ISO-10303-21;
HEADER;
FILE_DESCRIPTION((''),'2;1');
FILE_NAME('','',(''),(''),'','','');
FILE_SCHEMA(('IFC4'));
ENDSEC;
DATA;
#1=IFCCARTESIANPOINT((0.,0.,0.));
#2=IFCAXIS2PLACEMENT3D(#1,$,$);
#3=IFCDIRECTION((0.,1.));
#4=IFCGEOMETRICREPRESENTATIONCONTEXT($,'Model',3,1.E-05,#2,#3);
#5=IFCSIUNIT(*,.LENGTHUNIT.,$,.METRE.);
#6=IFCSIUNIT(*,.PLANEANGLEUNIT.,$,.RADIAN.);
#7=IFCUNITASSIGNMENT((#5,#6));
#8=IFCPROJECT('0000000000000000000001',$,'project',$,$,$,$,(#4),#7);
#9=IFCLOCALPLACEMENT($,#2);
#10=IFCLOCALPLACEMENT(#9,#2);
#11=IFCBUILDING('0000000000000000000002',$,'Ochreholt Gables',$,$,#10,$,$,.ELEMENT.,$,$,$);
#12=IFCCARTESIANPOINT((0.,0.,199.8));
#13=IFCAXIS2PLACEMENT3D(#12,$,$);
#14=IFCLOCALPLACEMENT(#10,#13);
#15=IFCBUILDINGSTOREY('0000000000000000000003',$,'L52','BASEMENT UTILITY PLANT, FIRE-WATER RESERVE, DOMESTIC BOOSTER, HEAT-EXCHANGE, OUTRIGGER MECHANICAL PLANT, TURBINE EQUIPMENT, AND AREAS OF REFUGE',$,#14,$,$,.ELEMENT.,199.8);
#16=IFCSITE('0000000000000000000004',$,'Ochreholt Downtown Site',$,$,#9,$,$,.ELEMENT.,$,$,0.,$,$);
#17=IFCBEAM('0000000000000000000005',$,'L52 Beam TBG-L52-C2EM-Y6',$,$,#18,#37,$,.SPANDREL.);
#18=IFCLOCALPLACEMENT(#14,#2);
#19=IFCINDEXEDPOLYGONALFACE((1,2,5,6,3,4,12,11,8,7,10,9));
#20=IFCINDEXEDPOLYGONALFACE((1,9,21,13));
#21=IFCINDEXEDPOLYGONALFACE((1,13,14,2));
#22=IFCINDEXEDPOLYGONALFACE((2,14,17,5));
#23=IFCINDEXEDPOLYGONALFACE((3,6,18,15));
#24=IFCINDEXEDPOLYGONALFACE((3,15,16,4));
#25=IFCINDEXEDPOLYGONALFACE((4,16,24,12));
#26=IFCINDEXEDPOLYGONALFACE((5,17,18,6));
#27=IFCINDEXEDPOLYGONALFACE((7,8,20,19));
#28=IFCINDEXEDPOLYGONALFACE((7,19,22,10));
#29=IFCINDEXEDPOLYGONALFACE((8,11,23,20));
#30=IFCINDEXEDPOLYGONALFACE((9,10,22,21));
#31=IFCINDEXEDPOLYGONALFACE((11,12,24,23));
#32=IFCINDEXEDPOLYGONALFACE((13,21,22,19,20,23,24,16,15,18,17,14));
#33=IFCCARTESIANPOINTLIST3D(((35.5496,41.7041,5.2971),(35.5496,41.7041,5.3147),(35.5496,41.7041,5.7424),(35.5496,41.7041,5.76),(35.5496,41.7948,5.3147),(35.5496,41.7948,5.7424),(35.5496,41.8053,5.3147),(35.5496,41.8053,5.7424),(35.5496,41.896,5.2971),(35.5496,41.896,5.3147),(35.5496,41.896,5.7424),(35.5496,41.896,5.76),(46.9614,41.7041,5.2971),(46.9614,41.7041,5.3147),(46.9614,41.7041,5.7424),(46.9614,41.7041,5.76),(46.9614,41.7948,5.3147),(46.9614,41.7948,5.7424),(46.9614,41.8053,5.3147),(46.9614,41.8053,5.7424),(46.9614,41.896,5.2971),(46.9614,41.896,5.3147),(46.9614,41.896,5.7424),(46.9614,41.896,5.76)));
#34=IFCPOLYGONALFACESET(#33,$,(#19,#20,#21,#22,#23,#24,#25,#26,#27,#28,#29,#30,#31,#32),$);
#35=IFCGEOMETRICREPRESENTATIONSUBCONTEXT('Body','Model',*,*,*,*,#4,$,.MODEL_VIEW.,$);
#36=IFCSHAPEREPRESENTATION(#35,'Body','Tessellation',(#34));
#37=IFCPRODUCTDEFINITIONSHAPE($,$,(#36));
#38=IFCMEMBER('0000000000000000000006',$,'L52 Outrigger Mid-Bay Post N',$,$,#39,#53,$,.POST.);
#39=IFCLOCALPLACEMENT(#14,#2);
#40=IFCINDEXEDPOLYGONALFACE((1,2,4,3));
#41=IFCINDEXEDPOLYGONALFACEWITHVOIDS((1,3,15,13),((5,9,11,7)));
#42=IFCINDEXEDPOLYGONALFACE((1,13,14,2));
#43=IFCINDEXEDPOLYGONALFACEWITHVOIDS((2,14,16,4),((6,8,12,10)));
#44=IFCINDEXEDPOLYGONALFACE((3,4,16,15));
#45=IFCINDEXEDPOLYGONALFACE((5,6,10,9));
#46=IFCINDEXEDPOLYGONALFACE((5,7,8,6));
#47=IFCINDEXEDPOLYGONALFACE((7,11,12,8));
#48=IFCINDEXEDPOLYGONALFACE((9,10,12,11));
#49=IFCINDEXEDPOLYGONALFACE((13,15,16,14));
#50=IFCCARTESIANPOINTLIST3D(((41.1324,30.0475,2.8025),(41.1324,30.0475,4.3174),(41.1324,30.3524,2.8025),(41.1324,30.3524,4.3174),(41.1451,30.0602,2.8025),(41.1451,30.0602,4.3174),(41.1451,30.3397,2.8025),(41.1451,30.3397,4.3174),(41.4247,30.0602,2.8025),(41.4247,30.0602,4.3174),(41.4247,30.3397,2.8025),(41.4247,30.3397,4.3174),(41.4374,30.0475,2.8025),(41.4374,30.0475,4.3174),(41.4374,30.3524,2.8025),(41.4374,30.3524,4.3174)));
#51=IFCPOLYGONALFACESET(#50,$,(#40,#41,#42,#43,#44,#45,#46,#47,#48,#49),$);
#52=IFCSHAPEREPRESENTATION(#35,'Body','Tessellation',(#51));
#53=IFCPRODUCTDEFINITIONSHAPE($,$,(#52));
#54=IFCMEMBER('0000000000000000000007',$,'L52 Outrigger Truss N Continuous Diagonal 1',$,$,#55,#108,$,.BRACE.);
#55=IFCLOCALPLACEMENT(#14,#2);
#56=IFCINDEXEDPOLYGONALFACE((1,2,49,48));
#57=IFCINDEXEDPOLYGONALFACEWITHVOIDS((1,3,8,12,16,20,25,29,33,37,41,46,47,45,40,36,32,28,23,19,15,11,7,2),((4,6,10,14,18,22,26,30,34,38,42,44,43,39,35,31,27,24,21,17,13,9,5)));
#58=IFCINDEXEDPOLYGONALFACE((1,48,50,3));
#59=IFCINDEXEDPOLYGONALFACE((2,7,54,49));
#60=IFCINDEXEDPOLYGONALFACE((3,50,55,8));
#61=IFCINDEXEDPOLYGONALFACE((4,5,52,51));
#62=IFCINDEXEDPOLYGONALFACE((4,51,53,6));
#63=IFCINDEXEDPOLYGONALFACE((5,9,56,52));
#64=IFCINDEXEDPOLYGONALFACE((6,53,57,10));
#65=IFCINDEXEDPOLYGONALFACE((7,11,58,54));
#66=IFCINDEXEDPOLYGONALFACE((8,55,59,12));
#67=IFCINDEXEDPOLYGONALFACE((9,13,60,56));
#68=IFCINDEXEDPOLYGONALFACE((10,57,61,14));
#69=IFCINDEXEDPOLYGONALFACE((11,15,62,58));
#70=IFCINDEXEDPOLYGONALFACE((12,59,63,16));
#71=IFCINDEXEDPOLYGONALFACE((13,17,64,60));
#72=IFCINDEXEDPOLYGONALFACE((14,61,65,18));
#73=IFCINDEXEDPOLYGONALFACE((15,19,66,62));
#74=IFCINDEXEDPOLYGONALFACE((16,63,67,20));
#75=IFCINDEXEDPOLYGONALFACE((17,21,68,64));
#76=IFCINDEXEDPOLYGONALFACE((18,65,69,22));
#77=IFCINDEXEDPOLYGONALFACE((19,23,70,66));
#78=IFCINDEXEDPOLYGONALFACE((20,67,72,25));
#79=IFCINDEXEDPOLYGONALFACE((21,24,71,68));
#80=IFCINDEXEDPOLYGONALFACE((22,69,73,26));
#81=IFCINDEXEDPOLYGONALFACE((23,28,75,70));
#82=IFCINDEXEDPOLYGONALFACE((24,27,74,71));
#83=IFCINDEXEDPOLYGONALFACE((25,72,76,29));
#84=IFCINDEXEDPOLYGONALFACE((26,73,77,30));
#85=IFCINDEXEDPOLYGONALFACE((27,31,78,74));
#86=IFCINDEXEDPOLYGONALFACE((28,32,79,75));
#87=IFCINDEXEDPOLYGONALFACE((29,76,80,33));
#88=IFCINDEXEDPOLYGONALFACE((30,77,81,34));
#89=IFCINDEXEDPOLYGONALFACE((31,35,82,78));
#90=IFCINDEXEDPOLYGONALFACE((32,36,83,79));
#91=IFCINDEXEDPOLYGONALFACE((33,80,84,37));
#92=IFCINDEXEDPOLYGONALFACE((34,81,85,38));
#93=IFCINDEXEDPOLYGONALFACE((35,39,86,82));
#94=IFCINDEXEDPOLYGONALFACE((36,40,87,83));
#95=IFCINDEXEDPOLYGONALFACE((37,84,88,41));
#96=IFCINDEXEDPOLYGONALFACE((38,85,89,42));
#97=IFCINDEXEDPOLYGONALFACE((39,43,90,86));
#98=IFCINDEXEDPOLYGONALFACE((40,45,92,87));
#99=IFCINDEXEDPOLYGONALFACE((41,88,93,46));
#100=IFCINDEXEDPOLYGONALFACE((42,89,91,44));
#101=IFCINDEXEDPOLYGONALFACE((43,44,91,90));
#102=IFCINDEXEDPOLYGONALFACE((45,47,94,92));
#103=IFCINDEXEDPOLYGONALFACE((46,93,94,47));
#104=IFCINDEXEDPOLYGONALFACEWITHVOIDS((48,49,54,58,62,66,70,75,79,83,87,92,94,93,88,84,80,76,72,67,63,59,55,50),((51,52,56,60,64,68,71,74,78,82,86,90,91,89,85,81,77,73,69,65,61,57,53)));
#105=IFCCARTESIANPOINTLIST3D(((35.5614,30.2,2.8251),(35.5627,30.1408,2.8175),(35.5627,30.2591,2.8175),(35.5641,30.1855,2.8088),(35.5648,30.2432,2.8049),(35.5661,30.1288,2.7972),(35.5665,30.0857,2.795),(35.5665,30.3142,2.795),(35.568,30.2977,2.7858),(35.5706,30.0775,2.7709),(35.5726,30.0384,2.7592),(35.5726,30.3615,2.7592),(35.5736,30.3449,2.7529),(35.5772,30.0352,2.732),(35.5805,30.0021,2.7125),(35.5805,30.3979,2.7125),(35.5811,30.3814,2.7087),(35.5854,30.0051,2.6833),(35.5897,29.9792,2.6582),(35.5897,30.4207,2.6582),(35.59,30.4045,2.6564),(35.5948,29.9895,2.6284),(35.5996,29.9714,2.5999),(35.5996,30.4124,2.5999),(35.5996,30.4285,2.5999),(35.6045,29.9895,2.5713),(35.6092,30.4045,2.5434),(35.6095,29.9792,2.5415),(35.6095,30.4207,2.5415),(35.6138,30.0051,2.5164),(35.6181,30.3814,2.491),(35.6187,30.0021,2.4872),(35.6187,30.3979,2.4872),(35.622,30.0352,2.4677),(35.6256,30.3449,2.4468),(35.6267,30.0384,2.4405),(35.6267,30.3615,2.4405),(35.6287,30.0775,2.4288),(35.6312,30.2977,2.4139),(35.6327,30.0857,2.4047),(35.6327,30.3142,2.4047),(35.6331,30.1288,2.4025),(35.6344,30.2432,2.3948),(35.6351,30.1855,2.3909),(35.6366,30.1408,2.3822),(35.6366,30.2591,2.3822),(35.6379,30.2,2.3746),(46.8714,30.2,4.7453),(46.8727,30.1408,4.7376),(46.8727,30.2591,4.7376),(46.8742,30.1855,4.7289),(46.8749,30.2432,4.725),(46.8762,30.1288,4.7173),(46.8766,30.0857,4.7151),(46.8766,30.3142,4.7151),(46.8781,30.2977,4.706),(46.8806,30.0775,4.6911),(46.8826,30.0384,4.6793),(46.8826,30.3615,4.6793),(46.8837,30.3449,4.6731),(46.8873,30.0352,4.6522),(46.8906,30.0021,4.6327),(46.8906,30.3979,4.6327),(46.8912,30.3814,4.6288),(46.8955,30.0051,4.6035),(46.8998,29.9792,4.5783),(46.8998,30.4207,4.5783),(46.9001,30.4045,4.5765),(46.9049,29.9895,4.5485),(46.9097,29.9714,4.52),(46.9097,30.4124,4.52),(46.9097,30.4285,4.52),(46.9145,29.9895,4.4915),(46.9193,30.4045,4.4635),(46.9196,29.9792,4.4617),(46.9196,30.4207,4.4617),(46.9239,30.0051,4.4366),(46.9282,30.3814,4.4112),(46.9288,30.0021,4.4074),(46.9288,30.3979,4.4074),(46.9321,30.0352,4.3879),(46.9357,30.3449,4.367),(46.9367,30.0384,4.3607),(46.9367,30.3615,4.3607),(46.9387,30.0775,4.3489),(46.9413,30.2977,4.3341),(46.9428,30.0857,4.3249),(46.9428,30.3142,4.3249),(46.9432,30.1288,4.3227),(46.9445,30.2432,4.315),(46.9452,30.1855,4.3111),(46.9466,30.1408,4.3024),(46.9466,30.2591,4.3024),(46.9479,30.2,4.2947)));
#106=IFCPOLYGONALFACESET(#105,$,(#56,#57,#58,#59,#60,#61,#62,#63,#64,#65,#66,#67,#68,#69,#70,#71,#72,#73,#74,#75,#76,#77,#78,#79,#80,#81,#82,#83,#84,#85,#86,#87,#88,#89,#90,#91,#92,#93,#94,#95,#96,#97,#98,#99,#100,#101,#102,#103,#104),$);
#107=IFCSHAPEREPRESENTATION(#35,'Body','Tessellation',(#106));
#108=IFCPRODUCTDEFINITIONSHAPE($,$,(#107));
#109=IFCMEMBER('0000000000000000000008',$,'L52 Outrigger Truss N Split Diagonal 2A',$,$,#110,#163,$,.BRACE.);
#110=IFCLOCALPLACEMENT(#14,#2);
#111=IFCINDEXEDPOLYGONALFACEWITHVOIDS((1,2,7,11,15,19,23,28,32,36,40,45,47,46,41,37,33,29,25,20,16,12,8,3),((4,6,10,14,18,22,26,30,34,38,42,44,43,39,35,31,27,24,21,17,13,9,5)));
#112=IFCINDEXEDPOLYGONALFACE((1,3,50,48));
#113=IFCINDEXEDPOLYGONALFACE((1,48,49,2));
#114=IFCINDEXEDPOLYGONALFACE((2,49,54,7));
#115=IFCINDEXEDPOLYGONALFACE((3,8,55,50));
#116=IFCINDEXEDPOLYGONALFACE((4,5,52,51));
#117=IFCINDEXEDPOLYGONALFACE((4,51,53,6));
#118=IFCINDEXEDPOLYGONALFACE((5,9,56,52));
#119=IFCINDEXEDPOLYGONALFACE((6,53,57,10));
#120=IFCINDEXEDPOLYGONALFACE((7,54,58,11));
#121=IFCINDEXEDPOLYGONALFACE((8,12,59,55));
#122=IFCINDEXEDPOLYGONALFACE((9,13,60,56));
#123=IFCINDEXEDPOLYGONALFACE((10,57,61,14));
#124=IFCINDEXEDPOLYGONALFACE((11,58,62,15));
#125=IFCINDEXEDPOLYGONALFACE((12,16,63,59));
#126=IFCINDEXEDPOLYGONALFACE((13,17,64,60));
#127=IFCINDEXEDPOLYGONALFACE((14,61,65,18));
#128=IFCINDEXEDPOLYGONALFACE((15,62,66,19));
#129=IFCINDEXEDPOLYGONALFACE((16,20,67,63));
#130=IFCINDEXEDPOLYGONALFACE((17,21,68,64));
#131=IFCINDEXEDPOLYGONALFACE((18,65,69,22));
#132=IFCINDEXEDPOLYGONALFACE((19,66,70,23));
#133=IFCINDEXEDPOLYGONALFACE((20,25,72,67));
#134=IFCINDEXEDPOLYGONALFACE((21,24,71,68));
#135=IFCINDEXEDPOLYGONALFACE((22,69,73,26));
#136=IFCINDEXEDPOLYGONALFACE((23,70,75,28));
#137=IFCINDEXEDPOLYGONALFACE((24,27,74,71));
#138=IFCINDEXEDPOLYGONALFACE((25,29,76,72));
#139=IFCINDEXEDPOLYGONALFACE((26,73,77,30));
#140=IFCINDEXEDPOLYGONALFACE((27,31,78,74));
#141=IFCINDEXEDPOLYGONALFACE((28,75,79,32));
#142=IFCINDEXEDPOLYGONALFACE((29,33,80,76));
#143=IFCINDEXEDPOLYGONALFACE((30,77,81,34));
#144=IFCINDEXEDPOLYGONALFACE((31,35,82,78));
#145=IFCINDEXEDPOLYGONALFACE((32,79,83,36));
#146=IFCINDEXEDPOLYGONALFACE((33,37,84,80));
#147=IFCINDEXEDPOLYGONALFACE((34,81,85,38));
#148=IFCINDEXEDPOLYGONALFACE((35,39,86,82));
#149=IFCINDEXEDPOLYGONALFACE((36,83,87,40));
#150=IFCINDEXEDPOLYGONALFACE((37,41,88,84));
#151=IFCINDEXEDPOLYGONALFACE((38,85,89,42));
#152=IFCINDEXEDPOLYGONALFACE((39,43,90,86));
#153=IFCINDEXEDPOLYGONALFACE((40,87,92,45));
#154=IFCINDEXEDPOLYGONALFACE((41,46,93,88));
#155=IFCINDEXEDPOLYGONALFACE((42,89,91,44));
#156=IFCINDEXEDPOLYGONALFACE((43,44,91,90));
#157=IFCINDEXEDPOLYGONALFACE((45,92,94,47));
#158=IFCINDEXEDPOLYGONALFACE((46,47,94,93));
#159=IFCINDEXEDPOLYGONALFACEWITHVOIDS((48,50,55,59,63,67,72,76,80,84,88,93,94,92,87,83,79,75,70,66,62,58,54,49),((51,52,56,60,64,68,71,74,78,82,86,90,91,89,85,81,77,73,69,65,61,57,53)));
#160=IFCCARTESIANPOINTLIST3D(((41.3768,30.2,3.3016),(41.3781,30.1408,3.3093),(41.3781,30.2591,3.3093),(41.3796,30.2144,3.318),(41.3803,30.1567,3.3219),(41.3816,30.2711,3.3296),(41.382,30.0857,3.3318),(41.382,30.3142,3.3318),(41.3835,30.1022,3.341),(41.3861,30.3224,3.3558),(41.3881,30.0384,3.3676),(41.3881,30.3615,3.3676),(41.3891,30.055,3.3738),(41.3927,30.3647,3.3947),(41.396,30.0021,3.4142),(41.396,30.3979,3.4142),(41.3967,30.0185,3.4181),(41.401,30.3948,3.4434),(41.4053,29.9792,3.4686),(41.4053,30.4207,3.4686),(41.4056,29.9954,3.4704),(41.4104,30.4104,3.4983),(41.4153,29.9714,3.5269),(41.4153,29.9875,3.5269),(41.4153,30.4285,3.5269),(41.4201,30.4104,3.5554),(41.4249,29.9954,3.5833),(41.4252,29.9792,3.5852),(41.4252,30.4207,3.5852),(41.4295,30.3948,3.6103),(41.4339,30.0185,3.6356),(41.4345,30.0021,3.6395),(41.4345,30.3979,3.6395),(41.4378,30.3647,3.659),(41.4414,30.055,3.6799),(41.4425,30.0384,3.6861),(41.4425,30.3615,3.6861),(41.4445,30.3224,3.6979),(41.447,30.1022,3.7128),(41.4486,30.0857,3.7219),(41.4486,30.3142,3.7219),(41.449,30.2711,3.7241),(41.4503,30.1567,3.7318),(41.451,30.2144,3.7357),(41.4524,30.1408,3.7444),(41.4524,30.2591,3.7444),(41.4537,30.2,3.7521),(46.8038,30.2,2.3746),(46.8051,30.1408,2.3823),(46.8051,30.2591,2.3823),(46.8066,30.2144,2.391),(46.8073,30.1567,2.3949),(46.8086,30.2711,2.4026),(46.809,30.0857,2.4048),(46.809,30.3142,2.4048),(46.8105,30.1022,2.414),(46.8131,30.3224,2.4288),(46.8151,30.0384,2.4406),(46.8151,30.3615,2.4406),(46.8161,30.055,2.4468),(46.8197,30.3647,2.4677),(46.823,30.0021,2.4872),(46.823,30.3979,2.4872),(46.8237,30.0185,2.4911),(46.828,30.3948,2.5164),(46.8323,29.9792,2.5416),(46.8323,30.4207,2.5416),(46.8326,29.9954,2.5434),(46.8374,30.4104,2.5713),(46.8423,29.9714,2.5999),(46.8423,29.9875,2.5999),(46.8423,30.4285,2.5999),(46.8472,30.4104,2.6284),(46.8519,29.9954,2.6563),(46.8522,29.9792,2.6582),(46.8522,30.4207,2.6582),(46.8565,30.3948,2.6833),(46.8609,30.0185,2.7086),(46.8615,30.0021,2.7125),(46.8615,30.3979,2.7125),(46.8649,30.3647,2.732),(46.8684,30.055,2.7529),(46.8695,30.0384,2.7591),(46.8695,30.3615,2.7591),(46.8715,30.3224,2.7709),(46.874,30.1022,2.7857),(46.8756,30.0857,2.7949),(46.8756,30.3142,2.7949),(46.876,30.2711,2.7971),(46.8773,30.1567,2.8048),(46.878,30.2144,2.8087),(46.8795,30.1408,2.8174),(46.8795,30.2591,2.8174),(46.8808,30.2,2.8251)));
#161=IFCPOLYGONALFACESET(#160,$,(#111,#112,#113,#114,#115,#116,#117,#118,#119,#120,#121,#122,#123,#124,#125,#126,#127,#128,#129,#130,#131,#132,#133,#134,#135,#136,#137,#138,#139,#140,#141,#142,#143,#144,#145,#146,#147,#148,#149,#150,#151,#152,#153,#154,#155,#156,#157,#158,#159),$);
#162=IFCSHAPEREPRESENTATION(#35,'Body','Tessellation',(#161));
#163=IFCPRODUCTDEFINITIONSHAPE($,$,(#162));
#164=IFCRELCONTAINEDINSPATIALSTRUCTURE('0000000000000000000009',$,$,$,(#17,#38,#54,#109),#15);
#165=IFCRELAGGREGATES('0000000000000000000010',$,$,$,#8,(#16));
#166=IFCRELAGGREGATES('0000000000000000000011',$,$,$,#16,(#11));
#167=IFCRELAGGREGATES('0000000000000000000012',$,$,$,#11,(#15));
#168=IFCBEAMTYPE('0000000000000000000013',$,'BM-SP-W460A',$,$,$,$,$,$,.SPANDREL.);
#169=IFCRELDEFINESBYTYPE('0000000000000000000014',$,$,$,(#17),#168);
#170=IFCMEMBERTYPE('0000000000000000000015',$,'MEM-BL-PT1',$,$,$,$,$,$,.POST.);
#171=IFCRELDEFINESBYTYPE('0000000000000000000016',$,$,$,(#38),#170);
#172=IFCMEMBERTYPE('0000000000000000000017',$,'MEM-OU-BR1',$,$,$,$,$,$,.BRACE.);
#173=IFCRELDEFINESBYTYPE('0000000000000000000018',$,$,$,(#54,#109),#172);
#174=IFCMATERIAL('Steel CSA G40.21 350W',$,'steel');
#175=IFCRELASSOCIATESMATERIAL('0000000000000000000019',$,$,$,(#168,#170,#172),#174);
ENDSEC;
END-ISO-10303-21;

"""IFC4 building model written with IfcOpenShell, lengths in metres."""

from ifc_helpers import new_model, si_unit, direction, frame, origin, origin_2d, place, context, subcontext, project, spatial, hollow_rectangle, hollow_circle, i_section, extrude, material, material_profile, profile_set, type_object, element, save


model = new_model("IFC4")

# Units and contexts
model_context = context("Model", 3, precision=1e-05, world=origin(), true_north=direction((0.0, 1.0)))
body_context = subcontext(model_context, "Body", "Model", "MODEL_VIEW")
ifc_project = project(units=[si_unit("LENGTHUNIT", "METRE"), si_unit("PLANEANGLEUNIT", "RADIAN")], contexts=[model_context])

# Site, building, storey
site_placement = place(None, origin())
site = spatial("IfcSite", under=ifc_project, at=site_placement, Name="Ochreholt Downtown Site", CompositionType="ELEMENT", RefElevation=0.0)
building_placement = place(site_placement, origin())
building = spatial("IfcBuilding", under=site, at=building_placement, Name="Ochreholt Gables", CompositionType="ELEMENT")
storey_placement = place(building_placement, frame((0.0, 0.0, 199.8)))
storey = spatial("IfcBuildingStorey", under=building, at=storey_placement, Name="L52", Description="BASEMENT UTILITY PLANT, FIRE-WATER RESERVE, DOMESTIC BOOSTER, HEAT-EXCHANGE, OUTRIGGER MECHANICAL PLANT, TURBINE EQUIPMENT, AND AREAS OF REFUGE", CompositionType="ELEMENT", Elevation=199.8)

# Shared definitions
ifc_material_1 = material(Name="Steel CSA G40.21 350W", Category="steel")

# Beam
ifc_material_profile_1 = material_profile(ifc_material_1, i_section(OverallWidth=0.1919, OverallDepth=0.4629, WebThickness=0.0105, FlangeThickness=0.0176, at=origin_2d()), Name="W460X89")
ifc_profile_set_1 = profile_set([ifc_material_profile_1], Name="Steel CSA G40.21 350W")
beam_type_1 = type_object("IfcBeamType", Name="BM-SP-W460A", PredefinedType="SPANDREL", material=ifc_profile_set_1)
beam_1_placement = place(storey_placement, frame((35.5496, 41.8, 5.5286), z_axis=(1.0, 0.0, 0.0), x_axis=(0.0, 1.0, 0.0)))
element("IfcBeam", 1, at=beam_1_placement, inside=storey, type_object=beam_type_1, Name="L52 Beam TBG-L52-C2EM-Y6", PredefinedType="SPANDREL", context=body_context, shape_type="SweptSolid", body=[
    extrude(i_section(OverallWidth=0.1919, OverallDepth=0.4629, WebThickness=0.0105, FlangeThickness=0.0176, at=origin_2d()), origin(), (0.0, 0.0, 1.0), 11.4119),
])

# Members
ifc_material_profile_2 = material_profile(ifc_material_1, hollow_rectangle(XDim=0.3049, YDim=0.3049, WallThickness=0.0127, at=origin_2d()), Name="HSS305X305X13")
ifc_profile_set_2 = profile_set([ifc_material_profile_2], Name="Steel CSA G40.21 350W")
member_type_1 = type_object("IfcMemberType", Name="MEM-BL-PT1", PredefinedType="POST", material=ifc_profile_set_2)
member_1_placement = place(storey_placement, frame((41.2849, 30.2, 2.8025), z_axis=(0.0, 0.0, 1.0), x_axis=(1.0, 0.0, 0.0)))
element("IfcMember", 2, at=member_1_placement, inside=storey, type_object=member_type_1, Name="L52 Outrigger Mid-Bay Post N", PredefinedType="POST", context=body_context, shape_type="SweptSolid", body=[
    extrude(hollow_rectangle(XDim=0.3049, YDim=0.3049, WallThickness=0.0127, at=origin_2d()), origin(), (0.0, 0.0, 1.0), 1.5149),
])
ifc_material_profile_3 = material_profile(ifc_material_1, hollow_circle(Radius=0.2285, WallThickness=0.0161, at=origin_2d()), Name="CHS457X16")
ifc_profile_set_3 = profile_set([ifc_material_profile_3], Name="Steel CSA G40.21 350W")
member_type_2 = type_object("IfcMemberType", Name="MEM-OU-BR1", PredefinedType="BRACE", material=ifc_profile_set_3)
member_2_placement = place(storey_placement, frame((35.5996, 30.2, 2.5999), z_axis=(0.985892, 0.0, 0.16738), x_axis=(0.0, 1.0, 0.0)))
element("IfcMember", 3, at=member_2_placement, inside=storey, type_object=member_type_2, Name="L52 Outrigger Truss N Continuous Diagonal 1", PredefinedType="BRACE", context=body_context, shape_type="SweptSolid", body=[
    extrude(hollow_circle(Radius=0.2285, WallThickness=0.0161, at=origin_2d()), origin(), (0.0, 0.0, 1.0), 11.4719),
])
member_3_placement = place(storey_placement, frame((46.8423, 30.2, 2.5999), z_axis=(-0.985723, 0.0, 0.168374), x_axis=(0.0, -1.0, 0.0)))
element("IfcMember", 4, at=member_3_placement, inside=storey, type_object=member_type_2, Name="L52 Outrigger Truss N Split Diagonal 2A", PredefinedType="BRACE", context=body_context, shape_type="SweptSolid", body=[
    extrude(hollow_circle(Radius=0.2285, WallThickness=0.0161, at=origin_2d()), origin(), (0.0, 0.0, 1.0), 5.5056),
])

save(model, "model.ifc")
